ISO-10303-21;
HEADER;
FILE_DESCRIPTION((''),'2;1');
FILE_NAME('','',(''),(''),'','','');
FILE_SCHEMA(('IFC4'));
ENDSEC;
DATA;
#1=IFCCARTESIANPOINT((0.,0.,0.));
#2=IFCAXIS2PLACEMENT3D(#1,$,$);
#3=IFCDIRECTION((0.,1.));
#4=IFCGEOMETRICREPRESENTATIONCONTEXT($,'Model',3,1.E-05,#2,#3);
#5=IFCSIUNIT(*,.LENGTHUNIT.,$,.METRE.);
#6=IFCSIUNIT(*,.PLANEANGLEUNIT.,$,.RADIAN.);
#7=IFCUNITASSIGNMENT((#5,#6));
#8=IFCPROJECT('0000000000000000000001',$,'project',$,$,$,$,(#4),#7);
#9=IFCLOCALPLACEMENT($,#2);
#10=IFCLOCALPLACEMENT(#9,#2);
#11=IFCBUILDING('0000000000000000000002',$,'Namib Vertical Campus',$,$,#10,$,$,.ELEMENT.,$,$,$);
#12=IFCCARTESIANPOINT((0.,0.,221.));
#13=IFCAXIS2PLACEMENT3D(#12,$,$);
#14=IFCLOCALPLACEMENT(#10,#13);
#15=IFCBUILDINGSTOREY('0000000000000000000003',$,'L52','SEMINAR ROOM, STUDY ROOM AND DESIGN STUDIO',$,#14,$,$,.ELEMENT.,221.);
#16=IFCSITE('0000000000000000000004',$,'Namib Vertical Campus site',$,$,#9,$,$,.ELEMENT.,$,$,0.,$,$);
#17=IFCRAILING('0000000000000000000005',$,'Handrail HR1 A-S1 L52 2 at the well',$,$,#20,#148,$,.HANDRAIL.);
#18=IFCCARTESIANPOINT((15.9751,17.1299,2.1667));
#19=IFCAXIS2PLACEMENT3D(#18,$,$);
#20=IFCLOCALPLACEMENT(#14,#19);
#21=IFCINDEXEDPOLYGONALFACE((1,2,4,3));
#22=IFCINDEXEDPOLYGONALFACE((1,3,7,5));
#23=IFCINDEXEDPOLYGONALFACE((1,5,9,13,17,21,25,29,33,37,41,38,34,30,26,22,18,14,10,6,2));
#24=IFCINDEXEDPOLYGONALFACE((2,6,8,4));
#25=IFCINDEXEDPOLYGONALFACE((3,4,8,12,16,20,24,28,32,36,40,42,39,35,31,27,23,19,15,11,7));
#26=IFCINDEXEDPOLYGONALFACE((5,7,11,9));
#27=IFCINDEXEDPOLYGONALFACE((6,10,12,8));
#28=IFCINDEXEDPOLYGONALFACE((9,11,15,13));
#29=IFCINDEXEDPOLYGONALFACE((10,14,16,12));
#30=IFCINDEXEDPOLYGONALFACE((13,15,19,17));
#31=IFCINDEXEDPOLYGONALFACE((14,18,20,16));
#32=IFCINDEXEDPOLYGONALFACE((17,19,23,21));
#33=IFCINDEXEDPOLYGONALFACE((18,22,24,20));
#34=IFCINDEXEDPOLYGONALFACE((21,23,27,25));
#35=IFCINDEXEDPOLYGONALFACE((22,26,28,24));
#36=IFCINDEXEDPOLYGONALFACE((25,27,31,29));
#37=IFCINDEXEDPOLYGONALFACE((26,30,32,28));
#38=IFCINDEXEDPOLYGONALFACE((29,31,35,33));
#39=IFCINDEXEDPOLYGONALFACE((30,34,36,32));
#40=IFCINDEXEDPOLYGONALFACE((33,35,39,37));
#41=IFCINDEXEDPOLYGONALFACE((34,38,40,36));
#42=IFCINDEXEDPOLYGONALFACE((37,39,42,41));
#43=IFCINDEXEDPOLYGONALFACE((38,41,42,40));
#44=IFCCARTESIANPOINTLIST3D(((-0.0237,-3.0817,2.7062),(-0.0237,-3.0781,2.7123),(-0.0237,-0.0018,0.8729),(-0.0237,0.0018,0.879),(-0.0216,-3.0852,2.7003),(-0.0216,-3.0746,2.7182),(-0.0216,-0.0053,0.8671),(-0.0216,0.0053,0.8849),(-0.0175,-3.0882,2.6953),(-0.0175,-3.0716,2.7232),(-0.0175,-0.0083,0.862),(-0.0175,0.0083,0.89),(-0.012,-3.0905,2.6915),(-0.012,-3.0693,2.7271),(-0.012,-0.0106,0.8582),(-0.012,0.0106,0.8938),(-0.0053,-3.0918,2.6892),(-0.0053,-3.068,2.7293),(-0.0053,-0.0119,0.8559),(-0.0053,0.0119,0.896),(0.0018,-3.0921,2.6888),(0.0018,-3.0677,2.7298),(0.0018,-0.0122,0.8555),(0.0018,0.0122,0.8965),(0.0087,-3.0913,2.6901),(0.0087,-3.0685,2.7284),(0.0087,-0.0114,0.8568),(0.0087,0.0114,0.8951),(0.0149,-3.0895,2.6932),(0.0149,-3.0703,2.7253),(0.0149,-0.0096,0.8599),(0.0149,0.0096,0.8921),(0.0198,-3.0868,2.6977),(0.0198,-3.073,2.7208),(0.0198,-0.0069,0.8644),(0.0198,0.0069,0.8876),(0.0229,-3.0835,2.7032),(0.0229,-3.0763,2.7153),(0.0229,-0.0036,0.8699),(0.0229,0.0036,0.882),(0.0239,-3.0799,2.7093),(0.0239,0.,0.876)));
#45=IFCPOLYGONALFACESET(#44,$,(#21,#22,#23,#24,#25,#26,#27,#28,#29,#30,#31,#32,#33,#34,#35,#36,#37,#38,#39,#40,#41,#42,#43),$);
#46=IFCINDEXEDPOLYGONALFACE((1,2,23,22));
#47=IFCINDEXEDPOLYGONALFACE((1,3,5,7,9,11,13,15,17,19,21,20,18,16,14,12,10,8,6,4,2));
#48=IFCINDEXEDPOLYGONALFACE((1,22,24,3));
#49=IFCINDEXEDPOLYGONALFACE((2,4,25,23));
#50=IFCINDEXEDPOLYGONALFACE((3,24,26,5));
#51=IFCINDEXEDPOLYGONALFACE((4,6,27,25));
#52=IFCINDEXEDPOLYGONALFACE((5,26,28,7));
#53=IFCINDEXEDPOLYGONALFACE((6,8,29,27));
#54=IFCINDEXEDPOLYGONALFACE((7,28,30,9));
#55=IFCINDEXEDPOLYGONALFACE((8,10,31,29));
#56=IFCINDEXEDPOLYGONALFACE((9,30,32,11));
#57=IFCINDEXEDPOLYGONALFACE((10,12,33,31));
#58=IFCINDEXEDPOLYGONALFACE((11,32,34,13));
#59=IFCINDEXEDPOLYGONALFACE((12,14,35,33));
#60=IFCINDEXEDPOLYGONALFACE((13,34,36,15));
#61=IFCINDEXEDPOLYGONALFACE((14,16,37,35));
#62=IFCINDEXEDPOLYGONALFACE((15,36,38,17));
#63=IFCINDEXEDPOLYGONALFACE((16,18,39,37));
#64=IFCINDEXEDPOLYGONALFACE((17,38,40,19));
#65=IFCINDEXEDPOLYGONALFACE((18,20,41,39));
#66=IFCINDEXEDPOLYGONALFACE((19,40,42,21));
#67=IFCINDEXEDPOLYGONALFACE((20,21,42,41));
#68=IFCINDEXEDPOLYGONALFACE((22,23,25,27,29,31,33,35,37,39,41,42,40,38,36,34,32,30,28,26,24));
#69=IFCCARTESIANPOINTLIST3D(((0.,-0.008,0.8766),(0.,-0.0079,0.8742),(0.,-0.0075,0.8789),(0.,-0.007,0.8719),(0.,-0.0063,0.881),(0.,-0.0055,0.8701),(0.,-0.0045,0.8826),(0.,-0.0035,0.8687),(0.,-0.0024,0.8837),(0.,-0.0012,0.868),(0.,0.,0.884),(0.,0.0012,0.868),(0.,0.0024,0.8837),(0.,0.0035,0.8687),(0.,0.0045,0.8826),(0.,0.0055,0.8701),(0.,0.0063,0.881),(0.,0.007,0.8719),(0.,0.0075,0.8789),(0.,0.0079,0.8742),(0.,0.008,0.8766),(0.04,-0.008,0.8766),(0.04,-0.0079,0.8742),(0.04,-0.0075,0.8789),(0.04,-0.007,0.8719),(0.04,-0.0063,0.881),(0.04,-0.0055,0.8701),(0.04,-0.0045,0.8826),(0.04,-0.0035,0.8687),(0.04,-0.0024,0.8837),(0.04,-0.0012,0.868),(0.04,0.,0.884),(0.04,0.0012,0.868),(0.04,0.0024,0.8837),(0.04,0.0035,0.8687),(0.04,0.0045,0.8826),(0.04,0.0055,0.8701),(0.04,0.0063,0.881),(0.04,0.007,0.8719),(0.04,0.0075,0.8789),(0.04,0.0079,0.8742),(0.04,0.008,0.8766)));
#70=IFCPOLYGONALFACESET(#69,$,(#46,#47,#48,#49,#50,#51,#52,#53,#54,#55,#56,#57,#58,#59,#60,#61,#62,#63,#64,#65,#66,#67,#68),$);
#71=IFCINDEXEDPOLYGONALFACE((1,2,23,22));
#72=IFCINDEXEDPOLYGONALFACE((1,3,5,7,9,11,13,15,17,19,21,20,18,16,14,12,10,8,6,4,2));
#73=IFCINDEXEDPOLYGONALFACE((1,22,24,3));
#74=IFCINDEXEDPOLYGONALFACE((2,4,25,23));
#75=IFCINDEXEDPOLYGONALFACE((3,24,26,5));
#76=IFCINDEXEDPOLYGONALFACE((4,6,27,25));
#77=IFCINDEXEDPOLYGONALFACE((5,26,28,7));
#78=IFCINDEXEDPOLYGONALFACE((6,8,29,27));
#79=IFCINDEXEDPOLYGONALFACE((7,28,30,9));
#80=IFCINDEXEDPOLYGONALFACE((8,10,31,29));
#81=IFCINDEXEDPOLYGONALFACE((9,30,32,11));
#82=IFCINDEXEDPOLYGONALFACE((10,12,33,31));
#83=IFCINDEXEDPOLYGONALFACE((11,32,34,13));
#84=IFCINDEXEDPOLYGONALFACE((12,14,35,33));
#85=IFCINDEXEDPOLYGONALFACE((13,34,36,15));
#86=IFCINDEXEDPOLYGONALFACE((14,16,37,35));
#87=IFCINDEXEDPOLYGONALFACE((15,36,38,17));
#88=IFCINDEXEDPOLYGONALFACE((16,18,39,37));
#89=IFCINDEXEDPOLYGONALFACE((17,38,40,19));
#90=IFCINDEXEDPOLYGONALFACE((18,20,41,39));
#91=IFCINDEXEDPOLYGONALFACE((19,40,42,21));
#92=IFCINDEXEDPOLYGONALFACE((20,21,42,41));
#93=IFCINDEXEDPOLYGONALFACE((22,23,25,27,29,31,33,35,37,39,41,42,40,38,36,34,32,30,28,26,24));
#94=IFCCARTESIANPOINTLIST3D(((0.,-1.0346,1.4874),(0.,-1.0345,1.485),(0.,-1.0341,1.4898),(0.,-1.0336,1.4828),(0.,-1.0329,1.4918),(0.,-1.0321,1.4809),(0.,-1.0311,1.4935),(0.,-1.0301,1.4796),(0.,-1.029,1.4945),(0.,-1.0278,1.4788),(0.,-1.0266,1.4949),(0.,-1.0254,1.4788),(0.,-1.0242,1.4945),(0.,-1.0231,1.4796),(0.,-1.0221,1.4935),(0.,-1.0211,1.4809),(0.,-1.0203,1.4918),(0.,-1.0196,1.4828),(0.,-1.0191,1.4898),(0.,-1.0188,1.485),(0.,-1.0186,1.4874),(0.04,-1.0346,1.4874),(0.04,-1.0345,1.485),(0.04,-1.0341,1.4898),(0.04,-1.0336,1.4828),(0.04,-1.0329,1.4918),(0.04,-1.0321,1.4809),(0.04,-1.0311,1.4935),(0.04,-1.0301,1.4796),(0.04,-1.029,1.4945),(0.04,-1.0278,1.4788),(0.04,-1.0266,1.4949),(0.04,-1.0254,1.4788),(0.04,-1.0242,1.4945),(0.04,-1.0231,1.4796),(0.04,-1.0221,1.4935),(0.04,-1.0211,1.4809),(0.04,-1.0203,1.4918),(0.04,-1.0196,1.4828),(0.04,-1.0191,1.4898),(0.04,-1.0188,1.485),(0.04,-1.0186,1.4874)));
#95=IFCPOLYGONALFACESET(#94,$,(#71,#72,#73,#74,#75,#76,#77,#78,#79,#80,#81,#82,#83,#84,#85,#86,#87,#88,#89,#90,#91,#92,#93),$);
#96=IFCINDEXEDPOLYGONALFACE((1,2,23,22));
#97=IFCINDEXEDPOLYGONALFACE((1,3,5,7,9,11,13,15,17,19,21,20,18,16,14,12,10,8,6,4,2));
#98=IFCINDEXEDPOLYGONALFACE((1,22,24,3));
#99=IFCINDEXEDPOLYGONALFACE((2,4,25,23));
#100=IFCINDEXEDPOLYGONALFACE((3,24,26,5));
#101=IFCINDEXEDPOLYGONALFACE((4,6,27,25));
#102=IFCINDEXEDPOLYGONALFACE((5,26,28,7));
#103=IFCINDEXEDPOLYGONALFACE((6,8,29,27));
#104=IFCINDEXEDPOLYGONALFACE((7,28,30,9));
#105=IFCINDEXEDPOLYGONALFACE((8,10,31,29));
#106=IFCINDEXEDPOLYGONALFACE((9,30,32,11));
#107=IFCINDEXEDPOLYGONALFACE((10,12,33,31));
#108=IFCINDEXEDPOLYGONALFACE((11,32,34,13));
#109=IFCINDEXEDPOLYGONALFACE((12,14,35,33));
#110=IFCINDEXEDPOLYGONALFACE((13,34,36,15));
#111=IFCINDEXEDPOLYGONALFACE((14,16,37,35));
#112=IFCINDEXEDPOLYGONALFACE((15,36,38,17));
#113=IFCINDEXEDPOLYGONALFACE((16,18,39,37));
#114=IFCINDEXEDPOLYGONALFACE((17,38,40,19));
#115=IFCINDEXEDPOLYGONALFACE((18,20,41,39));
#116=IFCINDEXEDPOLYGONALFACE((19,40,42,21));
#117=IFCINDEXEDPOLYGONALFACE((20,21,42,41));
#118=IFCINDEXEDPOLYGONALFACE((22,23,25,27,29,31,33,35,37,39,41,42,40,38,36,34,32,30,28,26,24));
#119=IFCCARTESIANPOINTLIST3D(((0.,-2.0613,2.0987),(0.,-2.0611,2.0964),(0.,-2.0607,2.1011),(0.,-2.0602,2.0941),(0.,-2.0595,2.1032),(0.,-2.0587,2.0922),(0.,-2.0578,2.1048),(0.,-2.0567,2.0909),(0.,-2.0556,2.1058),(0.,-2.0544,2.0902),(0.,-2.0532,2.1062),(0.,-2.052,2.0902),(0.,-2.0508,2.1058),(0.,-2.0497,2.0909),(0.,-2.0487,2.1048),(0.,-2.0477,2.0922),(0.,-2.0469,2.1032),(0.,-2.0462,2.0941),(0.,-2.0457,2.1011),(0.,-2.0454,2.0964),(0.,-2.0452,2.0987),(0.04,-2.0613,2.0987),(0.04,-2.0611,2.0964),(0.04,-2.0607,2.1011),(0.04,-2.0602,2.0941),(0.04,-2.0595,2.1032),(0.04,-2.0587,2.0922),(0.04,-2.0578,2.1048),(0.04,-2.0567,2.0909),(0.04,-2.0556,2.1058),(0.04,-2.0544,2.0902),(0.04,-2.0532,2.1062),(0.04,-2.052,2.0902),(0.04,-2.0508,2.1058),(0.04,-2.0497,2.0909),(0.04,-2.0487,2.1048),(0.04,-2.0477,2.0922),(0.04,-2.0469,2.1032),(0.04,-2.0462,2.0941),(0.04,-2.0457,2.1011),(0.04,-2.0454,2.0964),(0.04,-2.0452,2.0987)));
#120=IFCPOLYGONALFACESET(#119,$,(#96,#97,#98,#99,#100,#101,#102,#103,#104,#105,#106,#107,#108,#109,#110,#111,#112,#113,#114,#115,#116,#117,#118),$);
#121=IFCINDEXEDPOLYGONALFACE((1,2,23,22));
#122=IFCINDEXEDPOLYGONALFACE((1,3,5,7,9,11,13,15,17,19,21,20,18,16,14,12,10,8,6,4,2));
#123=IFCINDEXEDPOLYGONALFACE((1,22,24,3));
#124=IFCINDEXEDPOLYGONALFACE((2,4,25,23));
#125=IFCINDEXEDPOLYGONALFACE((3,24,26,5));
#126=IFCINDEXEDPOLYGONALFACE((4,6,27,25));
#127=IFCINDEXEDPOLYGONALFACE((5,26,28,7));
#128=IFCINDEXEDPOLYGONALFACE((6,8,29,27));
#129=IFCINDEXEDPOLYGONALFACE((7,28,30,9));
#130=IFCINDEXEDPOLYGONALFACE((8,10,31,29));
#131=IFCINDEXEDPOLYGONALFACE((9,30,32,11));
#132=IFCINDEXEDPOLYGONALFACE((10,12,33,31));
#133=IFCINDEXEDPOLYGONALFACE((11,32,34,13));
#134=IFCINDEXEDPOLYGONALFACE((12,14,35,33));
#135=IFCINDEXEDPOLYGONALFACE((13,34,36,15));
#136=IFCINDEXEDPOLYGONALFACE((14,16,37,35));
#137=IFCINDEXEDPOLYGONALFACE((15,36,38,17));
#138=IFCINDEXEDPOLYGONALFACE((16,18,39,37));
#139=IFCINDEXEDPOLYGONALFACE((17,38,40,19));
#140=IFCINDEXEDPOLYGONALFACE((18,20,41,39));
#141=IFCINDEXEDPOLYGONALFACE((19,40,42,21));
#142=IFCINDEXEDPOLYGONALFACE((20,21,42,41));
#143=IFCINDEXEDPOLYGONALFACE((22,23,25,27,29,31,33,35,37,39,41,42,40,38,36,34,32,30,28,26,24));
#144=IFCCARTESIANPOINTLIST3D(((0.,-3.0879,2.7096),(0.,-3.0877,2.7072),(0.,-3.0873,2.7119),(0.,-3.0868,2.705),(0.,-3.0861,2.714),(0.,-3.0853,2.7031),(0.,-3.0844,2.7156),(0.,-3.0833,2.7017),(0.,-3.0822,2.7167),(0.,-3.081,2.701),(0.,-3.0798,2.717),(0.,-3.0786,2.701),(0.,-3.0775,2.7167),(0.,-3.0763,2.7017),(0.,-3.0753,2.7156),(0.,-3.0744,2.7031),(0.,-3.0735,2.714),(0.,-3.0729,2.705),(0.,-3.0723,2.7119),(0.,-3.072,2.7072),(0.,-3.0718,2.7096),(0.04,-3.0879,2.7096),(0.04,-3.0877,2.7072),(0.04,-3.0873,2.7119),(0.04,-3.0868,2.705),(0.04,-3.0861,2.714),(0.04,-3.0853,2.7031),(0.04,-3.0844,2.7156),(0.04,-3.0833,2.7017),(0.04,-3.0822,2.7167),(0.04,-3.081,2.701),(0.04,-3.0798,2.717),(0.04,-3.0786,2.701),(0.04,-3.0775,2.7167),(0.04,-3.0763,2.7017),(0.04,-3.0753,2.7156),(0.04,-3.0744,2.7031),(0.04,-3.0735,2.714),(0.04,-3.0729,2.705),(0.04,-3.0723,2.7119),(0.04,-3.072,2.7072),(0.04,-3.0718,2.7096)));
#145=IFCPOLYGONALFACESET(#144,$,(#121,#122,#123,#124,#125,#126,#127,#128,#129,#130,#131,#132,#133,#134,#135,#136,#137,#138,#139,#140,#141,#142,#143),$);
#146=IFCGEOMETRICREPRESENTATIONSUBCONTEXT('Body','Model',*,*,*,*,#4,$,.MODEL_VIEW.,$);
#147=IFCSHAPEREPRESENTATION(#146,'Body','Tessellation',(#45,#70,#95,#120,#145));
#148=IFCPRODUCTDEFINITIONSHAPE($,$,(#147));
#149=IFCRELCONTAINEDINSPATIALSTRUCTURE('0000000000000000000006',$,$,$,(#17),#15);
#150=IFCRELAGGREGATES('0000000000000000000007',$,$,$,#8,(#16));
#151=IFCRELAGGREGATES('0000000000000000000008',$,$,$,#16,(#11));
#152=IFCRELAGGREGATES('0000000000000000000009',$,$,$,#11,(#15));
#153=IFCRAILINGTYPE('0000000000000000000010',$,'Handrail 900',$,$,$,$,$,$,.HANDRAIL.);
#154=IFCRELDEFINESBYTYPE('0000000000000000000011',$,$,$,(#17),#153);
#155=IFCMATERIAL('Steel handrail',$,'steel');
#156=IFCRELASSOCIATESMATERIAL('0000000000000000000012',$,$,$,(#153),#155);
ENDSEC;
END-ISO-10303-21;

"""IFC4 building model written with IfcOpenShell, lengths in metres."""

from ifc_helpers import new_model, si_unit, direction, frame, origin, origin_2d, place, context, subcontext, project, spatial, circle, extrude, material, type_object, element, save


model = new_model("IFC4")

# Units and contexts
model_context = context("Model", 3, precision=1e-05, world=origin(), true_north=direction((0.0, 1.0)))
body_context = subcontext(model_context, "Body", "Model", "MODEL_VIEW")
ifc_project = project(units=[si_unit("LENGTHUNIT", "METRE"), si_unit("PLANEANGLEUNIT", "RADIAN")], contexts=[model_context])

# Site, building, storey
site_placement = place(None, origin())
site = spatial("IfcSite", under=ifc_project, at=site_placement, Name="Namib Vertical Campus site", CompositionType="ELEMENT", RefElevation=0.0)
building_placement = place(site_placement, origin())
building = spatial("IfcBuilding", under=site, at=building_placement, Name="Namib Vertical Campus", CompositionType="ELEMENT")
storey_placement = place(building_placement, frame((0.0, 0.0, 221.0)))
storey = spatial("IfcBuildingStorey", under=building, at=storey_placement, Name="L52", Description="SEMINAR ROOM, STUDY ROOM AND DESIGN STUDIO", CompositionType="ELEMENT", Elevation=221.0)

# Railing
ifc_material_1 = material(Name="Steel handrail", Category="steel")
railing_type = type_object("IfcRailingType", Name="Handrail 900", PredefinedType="HANDRAIL", material=ifc_material_1)
railing_1_placement = place(storey_placement, frame((15.9751, 17.1299, 2.1667)))
element("IfcRailing", 1, at=railing_1_placement, inside=storey, type_object=railing_type, Name="Handrail HR1 A-S1 L52 2 at the well", PredefinedType="HANDRAIL", context=body_context, shape_type="SweptSolid", body=[
    extrude(circle(Radius=0.0239, at=origin_2d()), frame((0.0, 0.0, 0.876), z_axis=(0.0, -0.859291, 0.511487), x_axis=(1.0, 0.0, 0.0)), (0.0, 0.0, 1.0), 3.5842),
    extrude(circle(Radius=0.0081, at=origin_2d()), frame((0.0, 0.0, 0.876), z_axis=(1.0, 0.0, 0.0), x_axis=(0.0, 0.0, 1.0)), (0.0, 0.0, 1.0), 0.04),
    extrude(circle(Radius=0.0081, at=origin_2d()), frame((0.0, -1.0266, 1.4868), z_axis=(1.0, 0.0, 0.0), x_axis=(0.0, 0.0, 1.0)), (0.0, 0.0, 1.0), 0.04),
    extrude(circle(Radius=0.0081, at=origin_2d()), frame((0.0, -2.0532, 2.0981), z_axis=(1.0, 0.0, 0.0), x_axis=(0.0, 0.0, 1.0)), (0.0, 0.0, 1.0), 0.04),
    extrude(circle(Radius=0.0081, at=origin_2d()), frame((0.0, -3.0798, 2.709), z_axis=(1.0, 0.0, 0.0), x_axis=(0.0, 0.0, 1.0)), (0.0, 0.0, 1.0), 0.04),
])

save(model, "model.ifc")
